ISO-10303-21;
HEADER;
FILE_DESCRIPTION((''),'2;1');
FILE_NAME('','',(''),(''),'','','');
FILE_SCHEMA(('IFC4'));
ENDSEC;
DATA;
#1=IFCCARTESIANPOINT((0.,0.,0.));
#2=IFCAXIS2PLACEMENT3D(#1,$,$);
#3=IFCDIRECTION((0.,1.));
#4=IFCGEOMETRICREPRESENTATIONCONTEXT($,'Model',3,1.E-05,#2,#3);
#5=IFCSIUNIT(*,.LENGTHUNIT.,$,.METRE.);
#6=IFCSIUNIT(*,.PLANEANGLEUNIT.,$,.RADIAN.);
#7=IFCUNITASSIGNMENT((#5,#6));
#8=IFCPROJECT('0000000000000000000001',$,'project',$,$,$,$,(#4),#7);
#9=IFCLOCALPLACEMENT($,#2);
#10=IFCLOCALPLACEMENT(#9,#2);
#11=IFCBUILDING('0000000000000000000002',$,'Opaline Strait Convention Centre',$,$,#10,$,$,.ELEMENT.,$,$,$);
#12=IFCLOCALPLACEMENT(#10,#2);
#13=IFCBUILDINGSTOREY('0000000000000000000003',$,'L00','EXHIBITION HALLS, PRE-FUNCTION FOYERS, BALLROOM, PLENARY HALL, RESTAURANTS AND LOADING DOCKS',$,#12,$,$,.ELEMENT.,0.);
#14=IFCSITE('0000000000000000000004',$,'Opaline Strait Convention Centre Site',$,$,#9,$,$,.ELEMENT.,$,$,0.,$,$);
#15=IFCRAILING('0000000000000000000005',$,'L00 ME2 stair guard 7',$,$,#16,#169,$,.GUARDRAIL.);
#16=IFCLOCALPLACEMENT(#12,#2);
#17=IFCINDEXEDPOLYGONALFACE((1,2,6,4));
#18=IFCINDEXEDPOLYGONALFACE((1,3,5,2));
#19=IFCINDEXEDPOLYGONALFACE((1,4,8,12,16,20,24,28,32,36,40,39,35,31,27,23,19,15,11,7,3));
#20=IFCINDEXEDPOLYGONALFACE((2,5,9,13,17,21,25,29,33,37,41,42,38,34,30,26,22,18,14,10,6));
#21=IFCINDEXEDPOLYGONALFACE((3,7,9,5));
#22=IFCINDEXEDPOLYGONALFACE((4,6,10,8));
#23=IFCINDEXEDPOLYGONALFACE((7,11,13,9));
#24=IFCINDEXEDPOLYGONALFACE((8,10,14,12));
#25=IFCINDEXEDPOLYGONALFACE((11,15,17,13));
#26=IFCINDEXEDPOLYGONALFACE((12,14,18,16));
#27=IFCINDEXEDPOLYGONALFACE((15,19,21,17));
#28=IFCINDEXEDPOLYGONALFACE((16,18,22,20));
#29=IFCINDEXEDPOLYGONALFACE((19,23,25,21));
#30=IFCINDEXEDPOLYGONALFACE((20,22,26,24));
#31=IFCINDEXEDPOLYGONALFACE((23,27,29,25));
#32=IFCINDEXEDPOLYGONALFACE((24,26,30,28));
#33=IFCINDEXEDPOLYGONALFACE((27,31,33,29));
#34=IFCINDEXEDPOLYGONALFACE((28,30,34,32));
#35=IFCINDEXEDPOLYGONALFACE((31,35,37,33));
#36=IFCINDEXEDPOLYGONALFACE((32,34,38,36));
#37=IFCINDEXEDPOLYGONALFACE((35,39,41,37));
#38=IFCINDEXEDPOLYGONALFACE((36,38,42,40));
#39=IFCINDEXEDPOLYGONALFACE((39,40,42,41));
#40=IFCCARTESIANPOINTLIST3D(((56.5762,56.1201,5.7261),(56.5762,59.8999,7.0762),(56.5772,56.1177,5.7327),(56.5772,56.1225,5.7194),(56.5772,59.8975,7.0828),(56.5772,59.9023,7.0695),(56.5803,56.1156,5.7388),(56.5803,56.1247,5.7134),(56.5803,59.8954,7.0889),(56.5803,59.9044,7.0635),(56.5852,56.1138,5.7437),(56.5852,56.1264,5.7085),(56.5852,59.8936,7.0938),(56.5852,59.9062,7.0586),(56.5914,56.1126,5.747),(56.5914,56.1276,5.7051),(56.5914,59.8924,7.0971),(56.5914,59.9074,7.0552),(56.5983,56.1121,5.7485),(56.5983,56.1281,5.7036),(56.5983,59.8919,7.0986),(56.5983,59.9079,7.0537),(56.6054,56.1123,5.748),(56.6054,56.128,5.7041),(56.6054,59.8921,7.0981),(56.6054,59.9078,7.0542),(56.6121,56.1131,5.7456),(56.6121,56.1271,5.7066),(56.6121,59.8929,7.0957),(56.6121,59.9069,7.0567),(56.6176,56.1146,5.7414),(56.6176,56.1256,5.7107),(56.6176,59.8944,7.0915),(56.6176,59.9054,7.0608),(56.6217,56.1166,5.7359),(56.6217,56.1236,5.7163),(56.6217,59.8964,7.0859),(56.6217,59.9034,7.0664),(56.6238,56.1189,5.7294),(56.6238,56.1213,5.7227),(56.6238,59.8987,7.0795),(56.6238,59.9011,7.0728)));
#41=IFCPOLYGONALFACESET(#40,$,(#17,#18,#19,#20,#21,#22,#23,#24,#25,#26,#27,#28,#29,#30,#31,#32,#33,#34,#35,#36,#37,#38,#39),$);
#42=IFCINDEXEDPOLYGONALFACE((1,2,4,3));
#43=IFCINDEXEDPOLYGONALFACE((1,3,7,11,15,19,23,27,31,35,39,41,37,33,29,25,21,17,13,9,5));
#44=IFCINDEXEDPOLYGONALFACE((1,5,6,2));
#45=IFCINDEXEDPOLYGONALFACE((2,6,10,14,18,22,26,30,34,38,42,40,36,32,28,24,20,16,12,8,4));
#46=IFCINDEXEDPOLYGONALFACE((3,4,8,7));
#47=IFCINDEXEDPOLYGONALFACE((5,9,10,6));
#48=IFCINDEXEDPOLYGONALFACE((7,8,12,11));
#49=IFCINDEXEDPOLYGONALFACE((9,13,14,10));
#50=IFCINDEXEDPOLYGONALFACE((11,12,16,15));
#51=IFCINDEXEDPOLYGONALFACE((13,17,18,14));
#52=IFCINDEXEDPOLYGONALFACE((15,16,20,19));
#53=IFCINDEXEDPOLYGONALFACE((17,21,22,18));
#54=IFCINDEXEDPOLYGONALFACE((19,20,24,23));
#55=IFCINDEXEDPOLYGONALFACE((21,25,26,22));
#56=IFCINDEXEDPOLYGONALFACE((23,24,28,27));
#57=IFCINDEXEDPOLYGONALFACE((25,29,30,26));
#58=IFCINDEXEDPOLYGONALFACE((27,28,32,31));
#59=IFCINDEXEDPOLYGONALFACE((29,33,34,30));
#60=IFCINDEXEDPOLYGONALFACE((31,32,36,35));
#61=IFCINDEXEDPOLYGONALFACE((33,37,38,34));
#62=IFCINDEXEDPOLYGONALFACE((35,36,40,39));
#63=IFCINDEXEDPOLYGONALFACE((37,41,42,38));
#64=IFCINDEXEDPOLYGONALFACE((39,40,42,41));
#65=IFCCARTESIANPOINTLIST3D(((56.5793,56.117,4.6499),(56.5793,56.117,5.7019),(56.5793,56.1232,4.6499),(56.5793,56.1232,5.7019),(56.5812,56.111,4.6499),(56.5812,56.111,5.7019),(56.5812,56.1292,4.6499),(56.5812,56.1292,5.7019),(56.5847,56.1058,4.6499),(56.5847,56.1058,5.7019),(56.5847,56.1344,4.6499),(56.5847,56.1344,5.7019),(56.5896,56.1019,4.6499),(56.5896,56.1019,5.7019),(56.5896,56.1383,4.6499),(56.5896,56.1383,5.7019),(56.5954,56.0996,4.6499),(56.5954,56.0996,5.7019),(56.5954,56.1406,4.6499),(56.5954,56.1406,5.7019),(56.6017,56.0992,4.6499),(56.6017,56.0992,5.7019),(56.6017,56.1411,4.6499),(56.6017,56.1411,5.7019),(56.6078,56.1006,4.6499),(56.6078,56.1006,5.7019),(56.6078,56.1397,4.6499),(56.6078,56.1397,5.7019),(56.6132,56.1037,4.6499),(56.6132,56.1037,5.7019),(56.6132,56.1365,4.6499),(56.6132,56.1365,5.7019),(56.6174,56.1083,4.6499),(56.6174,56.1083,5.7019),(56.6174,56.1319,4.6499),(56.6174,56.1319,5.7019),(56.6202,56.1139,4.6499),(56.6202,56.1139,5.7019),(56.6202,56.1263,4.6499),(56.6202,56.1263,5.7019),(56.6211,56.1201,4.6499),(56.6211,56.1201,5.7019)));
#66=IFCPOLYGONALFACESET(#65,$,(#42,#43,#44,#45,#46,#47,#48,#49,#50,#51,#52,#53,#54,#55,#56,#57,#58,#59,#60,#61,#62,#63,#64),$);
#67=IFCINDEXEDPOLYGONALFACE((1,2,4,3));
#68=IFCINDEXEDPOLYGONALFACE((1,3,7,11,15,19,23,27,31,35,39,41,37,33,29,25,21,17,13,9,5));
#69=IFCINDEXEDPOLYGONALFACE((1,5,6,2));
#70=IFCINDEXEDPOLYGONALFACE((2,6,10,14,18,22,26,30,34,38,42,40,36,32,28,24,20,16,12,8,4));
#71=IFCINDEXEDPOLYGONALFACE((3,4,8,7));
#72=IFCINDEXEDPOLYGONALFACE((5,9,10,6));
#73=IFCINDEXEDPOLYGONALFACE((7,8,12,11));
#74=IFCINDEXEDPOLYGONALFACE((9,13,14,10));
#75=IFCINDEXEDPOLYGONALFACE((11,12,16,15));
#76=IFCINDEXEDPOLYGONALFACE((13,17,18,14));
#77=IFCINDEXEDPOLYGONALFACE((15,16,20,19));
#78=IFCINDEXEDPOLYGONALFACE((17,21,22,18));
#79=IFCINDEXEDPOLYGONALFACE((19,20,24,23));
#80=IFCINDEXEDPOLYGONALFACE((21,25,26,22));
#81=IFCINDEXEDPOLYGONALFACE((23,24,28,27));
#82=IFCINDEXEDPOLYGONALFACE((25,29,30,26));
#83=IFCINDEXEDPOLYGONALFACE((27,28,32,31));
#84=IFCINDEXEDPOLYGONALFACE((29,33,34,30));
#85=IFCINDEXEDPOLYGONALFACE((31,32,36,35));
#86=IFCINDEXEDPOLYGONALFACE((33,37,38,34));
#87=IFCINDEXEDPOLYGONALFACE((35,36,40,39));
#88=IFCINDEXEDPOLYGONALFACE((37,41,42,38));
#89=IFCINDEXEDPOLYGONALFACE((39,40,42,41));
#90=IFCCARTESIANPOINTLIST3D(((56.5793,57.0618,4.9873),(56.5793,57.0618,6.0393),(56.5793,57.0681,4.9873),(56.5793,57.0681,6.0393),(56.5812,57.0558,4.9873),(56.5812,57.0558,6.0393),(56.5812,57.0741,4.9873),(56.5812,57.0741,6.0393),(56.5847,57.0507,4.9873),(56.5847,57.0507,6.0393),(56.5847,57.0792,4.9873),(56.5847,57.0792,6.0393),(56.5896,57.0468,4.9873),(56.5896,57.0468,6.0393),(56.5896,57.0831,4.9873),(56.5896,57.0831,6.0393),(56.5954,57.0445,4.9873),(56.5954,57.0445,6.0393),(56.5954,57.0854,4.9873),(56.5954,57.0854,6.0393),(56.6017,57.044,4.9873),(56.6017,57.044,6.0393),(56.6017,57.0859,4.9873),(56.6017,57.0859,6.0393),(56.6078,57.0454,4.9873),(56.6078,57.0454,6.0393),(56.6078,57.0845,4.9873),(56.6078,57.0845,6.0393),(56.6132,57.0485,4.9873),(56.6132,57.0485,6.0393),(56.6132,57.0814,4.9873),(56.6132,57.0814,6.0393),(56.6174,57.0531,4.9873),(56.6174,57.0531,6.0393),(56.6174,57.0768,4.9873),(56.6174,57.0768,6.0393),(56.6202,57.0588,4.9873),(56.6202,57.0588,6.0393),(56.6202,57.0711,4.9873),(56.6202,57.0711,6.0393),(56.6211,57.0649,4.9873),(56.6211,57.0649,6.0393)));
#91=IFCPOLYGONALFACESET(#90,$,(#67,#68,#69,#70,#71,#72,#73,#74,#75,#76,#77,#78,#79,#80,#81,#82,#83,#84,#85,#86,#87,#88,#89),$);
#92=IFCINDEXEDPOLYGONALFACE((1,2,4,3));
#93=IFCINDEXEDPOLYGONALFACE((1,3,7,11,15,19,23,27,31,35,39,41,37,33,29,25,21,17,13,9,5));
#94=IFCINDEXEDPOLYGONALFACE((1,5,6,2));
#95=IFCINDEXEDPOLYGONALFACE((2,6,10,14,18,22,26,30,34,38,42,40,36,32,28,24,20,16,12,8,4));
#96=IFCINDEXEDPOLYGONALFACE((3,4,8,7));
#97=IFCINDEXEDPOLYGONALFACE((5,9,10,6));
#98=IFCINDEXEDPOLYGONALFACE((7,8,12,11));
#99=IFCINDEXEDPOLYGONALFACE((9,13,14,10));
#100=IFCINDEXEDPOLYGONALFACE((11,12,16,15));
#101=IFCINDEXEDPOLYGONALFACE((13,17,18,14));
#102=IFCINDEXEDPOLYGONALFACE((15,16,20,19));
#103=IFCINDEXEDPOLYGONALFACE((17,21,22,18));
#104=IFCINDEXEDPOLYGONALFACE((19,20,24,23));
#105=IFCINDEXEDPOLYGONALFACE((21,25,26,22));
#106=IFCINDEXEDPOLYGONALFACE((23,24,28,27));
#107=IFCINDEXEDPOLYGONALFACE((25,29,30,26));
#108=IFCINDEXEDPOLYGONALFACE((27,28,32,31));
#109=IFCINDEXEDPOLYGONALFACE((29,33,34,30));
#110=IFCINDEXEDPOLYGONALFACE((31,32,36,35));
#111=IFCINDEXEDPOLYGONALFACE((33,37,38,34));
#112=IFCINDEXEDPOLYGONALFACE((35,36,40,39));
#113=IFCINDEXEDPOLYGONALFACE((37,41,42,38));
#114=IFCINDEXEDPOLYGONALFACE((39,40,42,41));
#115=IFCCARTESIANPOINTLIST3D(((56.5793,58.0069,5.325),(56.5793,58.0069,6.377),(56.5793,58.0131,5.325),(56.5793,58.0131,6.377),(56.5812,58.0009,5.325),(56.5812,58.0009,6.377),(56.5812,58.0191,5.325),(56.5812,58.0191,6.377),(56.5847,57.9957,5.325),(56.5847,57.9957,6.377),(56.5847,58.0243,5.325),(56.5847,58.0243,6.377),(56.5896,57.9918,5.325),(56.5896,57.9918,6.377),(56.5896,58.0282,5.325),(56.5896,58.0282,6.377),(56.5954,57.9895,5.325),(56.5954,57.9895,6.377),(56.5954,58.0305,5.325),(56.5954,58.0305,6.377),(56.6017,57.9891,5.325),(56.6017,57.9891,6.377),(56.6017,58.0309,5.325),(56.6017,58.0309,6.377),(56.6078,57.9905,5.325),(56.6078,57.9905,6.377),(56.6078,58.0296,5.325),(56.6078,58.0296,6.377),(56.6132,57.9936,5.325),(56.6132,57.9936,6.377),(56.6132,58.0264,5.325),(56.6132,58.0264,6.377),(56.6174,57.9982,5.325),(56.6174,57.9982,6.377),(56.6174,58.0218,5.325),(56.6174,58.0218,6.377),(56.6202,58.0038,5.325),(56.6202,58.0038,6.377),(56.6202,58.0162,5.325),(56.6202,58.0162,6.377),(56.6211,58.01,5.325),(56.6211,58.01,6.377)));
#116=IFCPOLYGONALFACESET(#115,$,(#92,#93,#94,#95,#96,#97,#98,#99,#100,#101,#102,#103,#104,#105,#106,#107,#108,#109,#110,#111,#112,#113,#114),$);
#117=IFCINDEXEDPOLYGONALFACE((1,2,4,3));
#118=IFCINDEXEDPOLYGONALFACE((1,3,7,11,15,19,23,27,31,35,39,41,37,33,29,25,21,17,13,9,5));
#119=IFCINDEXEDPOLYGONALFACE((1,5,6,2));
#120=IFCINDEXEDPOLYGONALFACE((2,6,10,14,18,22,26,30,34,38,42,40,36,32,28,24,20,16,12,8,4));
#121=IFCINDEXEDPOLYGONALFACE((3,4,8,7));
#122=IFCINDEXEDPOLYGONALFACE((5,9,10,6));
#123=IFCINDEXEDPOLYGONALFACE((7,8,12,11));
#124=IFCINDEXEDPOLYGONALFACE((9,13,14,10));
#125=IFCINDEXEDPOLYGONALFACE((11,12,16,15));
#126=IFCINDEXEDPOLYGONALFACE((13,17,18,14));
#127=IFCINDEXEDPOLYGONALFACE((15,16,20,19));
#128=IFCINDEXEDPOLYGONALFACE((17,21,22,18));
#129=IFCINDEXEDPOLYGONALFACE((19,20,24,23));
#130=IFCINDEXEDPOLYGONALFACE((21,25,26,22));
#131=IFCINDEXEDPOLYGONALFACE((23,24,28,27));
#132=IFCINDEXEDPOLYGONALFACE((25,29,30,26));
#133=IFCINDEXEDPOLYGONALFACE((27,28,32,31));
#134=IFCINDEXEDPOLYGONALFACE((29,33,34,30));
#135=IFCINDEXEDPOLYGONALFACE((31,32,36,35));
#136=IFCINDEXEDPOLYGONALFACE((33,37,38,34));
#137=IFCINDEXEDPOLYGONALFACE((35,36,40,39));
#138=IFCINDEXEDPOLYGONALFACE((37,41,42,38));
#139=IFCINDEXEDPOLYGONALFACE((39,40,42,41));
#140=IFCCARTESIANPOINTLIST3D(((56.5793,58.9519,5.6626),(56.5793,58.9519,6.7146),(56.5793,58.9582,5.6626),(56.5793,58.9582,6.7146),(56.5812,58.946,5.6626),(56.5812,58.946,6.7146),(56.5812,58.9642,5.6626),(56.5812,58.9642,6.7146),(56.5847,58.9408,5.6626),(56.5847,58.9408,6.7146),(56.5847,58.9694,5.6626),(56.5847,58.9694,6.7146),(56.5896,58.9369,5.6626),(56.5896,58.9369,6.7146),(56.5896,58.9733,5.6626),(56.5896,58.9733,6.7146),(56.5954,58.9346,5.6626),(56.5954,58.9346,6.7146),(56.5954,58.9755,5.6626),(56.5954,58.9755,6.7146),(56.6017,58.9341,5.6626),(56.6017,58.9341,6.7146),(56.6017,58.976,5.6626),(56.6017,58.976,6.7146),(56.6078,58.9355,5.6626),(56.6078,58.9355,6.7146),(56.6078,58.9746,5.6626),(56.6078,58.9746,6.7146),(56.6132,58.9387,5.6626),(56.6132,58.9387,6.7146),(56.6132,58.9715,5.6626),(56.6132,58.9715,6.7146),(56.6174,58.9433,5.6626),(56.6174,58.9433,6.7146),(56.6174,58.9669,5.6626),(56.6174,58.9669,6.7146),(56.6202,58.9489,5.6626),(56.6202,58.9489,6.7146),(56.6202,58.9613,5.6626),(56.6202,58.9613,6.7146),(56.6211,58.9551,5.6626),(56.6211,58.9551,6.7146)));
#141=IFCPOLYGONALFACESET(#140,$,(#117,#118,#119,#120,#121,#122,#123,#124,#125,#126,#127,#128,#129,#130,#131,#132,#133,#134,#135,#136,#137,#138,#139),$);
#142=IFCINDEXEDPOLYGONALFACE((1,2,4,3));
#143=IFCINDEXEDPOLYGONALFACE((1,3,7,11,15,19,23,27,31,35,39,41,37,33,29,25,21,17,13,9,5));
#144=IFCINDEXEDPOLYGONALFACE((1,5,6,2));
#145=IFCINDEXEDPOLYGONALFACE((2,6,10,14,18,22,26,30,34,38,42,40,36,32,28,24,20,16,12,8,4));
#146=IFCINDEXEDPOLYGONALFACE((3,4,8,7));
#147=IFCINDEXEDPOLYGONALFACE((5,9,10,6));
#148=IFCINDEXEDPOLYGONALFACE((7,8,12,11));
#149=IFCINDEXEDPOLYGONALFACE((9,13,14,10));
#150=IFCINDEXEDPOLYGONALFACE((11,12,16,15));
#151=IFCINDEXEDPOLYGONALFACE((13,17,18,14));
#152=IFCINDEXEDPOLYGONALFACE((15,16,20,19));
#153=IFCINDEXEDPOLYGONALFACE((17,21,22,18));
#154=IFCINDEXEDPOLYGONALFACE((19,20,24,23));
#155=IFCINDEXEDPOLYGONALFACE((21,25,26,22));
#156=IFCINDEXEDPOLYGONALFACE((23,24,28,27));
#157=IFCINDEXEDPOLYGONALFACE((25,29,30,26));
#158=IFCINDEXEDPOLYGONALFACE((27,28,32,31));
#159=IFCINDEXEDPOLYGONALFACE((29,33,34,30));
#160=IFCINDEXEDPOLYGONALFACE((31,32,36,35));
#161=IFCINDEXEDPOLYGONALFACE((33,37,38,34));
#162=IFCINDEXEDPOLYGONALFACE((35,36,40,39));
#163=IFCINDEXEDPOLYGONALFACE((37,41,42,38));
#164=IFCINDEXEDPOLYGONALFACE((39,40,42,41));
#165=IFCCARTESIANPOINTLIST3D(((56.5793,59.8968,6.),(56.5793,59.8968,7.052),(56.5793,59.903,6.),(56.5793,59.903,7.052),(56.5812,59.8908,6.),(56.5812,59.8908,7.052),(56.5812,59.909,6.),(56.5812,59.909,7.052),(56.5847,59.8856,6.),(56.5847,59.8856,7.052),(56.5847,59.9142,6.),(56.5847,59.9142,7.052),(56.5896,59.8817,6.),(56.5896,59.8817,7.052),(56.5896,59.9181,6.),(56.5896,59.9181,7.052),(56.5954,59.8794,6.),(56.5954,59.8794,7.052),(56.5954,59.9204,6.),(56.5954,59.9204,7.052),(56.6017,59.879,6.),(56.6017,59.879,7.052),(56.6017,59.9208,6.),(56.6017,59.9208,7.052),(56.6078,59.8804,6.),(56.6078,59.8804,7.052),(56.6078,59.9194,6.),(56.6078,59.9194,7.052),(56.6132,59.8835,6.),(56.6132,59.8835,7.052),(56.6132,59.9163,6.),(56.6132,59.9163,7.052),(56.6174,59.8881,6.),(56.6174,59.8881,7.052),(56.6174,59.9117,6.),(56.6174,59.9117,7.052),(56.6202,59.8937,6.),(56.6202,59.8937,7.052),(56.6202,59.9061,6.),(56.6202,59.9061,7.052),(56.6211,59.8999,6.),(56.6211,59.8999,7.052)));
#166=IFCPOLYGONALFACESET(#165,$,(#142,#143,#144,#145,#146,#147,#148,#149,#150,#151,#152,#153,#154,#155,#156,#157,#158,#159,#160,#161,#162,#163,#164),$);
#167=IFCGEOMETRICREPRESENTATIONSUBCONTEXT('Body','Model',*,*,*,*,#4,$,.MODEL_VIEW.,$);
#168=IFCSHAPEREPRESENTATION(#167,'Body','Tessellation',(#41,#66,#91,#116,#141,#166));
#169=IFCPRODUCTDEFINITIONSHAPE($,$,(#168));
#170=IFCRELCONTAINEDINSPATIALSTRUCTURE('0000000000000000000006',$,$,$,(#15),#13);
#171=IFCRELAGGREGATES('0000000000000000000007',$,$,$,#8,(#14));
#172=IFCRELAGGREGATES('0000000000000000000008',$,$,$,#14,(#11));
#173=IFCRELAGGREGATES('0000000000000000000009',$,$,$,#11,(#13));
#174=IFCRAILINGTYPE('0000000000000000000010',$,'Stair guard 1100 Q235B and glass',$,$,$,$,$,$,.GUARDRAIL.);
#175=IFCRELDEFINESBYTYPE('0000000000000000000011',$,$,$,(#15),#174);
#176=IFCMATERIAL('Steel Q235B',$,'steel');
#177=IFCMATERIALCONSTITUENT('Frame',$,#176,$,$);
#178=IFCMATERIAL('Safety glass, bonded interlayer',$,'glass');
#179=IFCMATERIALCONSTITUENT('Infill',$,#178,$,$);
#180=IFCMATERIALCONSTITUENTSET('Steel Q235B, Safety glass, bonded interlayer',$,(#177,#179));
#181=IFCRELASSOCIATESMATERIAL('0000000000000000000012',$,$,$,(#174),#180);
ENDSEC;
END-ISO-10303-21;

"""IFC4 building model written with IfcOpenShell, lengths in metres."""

from ifc_helpers import new_model, si_unit, direction, frame, origin, origin_2d, place, context, subcontext, project, spatial, circle, extrude, material, constituent, constituent_set, type_object, element, save


model = new_model("IFC4")

# Units and contexts
model_context = context("Model", 3, precision=1e-05, world=origin(), true_north=direction((0.0, 1.0)))
body_context = subcontext(model_context, "Body", "Model", "MODEL_VIEW")
ifc_project = project(units=[si_unit("LENGTHUNIT", "METRE"), si_unit("PLANEANGLEUNIT", "RADIAN")], contexts=[model_context])

# Site, building, storey
site_placement = place(None, origin())
site = spatial("IfcSite", under=ifc_project, at=site_placement, Name="Opaline Strait Convention Centre Site", CompositionType="ELEMENT", RefElevation=0.0)
building_placement = place(site_placement, origin())
building = spatial("IfcBuilding", under=site, at=building_placement, Name="Opaline Strait Convention Centre", CompositionType="ELEMENT")
storey_placement = place(building_placement, origin())
storey = spatial("IfcBuildingStorey", under=building, at=storey_placement, Name="L00", Description="EXHIBITION HALLS, PRE-FUNCTION FOYERS, BALLROOM, PLENARY HALL, RESTAURANTS AND LOADING DOCKS", CompositionType="ELEMENT", Elevation=0.0)

# Railing
ifc_material_1 = material(Name="Steel Q235B", Category="steel")
ifc_constituent_1 = constituent(ifc_material_1, Name="Frame")
ifc_material_2 = material(Name="Safety glass, bonded interlayer", Category="glass")
ifc_constituent_2 = constituent(ifc_material_2, Name="Infill")
ifc_constituent_set = constituent_set(constituents=[ifc_constituent_1, ifc_constituent_2], Name="Steel Q235B, Safety glass, bonded interlayer")
railing_type_1 = type_object("IfcRailingType", Name="Stair guard 1100 Q235B and glass", PredefinedType="GUARDRAIL", material=ifc_constituent_set)
railing_1_placement = place(storey_placement, frame((56.6001, 56.1201, 4.6499)))
element("IfcRailing", 1, at=railing_1_placement, inside=storey, type_object=railing_type_1, Name="L00 ME2 stair guard 7", PredefinedType="GUARDRAIL", context=body_context, shape_type="SweptSolid", body=[
    extrude(circle(Radius=0.0239, at=origin_2d()), frame((0.0, 0.0, 1.0762), z_axis=(0.0, 0.941728, 0.336375), x_axis=(-1.0, 0.0, 0.0)), (0.0, 0.0, 1.0), 4.0137),
    extrude(circle(Radius=0.021, at=origin_2d()), origin(), (0.0, 0.0, 1.0), 1.052),
    extrude(circle(Radius=0.021, at=origin_2d()), frame((0.0, 0.9448, 0.3374)), (0.0, 0.0, 1.0), 1.052),
    extrude(circle(Radius=0.021, at=origin_2d()), frame((0.0, 1.8899, 0.675)), (0.0, 0.0, 1.0), 1.052),
    extrude(circle(Radius=0.021, at=origin_2d()), frame((0.0, 2.835, 1.0127)), (0.0, 0.0, 1.0), 1.052),
    extrude(circle(Radius=0.021, at=origin_2d()), frame((0.0, 3.7798, 1.3501)), (0.0, 0.0, 1.0), 1.052),
])

save(model, "model.ifc")
